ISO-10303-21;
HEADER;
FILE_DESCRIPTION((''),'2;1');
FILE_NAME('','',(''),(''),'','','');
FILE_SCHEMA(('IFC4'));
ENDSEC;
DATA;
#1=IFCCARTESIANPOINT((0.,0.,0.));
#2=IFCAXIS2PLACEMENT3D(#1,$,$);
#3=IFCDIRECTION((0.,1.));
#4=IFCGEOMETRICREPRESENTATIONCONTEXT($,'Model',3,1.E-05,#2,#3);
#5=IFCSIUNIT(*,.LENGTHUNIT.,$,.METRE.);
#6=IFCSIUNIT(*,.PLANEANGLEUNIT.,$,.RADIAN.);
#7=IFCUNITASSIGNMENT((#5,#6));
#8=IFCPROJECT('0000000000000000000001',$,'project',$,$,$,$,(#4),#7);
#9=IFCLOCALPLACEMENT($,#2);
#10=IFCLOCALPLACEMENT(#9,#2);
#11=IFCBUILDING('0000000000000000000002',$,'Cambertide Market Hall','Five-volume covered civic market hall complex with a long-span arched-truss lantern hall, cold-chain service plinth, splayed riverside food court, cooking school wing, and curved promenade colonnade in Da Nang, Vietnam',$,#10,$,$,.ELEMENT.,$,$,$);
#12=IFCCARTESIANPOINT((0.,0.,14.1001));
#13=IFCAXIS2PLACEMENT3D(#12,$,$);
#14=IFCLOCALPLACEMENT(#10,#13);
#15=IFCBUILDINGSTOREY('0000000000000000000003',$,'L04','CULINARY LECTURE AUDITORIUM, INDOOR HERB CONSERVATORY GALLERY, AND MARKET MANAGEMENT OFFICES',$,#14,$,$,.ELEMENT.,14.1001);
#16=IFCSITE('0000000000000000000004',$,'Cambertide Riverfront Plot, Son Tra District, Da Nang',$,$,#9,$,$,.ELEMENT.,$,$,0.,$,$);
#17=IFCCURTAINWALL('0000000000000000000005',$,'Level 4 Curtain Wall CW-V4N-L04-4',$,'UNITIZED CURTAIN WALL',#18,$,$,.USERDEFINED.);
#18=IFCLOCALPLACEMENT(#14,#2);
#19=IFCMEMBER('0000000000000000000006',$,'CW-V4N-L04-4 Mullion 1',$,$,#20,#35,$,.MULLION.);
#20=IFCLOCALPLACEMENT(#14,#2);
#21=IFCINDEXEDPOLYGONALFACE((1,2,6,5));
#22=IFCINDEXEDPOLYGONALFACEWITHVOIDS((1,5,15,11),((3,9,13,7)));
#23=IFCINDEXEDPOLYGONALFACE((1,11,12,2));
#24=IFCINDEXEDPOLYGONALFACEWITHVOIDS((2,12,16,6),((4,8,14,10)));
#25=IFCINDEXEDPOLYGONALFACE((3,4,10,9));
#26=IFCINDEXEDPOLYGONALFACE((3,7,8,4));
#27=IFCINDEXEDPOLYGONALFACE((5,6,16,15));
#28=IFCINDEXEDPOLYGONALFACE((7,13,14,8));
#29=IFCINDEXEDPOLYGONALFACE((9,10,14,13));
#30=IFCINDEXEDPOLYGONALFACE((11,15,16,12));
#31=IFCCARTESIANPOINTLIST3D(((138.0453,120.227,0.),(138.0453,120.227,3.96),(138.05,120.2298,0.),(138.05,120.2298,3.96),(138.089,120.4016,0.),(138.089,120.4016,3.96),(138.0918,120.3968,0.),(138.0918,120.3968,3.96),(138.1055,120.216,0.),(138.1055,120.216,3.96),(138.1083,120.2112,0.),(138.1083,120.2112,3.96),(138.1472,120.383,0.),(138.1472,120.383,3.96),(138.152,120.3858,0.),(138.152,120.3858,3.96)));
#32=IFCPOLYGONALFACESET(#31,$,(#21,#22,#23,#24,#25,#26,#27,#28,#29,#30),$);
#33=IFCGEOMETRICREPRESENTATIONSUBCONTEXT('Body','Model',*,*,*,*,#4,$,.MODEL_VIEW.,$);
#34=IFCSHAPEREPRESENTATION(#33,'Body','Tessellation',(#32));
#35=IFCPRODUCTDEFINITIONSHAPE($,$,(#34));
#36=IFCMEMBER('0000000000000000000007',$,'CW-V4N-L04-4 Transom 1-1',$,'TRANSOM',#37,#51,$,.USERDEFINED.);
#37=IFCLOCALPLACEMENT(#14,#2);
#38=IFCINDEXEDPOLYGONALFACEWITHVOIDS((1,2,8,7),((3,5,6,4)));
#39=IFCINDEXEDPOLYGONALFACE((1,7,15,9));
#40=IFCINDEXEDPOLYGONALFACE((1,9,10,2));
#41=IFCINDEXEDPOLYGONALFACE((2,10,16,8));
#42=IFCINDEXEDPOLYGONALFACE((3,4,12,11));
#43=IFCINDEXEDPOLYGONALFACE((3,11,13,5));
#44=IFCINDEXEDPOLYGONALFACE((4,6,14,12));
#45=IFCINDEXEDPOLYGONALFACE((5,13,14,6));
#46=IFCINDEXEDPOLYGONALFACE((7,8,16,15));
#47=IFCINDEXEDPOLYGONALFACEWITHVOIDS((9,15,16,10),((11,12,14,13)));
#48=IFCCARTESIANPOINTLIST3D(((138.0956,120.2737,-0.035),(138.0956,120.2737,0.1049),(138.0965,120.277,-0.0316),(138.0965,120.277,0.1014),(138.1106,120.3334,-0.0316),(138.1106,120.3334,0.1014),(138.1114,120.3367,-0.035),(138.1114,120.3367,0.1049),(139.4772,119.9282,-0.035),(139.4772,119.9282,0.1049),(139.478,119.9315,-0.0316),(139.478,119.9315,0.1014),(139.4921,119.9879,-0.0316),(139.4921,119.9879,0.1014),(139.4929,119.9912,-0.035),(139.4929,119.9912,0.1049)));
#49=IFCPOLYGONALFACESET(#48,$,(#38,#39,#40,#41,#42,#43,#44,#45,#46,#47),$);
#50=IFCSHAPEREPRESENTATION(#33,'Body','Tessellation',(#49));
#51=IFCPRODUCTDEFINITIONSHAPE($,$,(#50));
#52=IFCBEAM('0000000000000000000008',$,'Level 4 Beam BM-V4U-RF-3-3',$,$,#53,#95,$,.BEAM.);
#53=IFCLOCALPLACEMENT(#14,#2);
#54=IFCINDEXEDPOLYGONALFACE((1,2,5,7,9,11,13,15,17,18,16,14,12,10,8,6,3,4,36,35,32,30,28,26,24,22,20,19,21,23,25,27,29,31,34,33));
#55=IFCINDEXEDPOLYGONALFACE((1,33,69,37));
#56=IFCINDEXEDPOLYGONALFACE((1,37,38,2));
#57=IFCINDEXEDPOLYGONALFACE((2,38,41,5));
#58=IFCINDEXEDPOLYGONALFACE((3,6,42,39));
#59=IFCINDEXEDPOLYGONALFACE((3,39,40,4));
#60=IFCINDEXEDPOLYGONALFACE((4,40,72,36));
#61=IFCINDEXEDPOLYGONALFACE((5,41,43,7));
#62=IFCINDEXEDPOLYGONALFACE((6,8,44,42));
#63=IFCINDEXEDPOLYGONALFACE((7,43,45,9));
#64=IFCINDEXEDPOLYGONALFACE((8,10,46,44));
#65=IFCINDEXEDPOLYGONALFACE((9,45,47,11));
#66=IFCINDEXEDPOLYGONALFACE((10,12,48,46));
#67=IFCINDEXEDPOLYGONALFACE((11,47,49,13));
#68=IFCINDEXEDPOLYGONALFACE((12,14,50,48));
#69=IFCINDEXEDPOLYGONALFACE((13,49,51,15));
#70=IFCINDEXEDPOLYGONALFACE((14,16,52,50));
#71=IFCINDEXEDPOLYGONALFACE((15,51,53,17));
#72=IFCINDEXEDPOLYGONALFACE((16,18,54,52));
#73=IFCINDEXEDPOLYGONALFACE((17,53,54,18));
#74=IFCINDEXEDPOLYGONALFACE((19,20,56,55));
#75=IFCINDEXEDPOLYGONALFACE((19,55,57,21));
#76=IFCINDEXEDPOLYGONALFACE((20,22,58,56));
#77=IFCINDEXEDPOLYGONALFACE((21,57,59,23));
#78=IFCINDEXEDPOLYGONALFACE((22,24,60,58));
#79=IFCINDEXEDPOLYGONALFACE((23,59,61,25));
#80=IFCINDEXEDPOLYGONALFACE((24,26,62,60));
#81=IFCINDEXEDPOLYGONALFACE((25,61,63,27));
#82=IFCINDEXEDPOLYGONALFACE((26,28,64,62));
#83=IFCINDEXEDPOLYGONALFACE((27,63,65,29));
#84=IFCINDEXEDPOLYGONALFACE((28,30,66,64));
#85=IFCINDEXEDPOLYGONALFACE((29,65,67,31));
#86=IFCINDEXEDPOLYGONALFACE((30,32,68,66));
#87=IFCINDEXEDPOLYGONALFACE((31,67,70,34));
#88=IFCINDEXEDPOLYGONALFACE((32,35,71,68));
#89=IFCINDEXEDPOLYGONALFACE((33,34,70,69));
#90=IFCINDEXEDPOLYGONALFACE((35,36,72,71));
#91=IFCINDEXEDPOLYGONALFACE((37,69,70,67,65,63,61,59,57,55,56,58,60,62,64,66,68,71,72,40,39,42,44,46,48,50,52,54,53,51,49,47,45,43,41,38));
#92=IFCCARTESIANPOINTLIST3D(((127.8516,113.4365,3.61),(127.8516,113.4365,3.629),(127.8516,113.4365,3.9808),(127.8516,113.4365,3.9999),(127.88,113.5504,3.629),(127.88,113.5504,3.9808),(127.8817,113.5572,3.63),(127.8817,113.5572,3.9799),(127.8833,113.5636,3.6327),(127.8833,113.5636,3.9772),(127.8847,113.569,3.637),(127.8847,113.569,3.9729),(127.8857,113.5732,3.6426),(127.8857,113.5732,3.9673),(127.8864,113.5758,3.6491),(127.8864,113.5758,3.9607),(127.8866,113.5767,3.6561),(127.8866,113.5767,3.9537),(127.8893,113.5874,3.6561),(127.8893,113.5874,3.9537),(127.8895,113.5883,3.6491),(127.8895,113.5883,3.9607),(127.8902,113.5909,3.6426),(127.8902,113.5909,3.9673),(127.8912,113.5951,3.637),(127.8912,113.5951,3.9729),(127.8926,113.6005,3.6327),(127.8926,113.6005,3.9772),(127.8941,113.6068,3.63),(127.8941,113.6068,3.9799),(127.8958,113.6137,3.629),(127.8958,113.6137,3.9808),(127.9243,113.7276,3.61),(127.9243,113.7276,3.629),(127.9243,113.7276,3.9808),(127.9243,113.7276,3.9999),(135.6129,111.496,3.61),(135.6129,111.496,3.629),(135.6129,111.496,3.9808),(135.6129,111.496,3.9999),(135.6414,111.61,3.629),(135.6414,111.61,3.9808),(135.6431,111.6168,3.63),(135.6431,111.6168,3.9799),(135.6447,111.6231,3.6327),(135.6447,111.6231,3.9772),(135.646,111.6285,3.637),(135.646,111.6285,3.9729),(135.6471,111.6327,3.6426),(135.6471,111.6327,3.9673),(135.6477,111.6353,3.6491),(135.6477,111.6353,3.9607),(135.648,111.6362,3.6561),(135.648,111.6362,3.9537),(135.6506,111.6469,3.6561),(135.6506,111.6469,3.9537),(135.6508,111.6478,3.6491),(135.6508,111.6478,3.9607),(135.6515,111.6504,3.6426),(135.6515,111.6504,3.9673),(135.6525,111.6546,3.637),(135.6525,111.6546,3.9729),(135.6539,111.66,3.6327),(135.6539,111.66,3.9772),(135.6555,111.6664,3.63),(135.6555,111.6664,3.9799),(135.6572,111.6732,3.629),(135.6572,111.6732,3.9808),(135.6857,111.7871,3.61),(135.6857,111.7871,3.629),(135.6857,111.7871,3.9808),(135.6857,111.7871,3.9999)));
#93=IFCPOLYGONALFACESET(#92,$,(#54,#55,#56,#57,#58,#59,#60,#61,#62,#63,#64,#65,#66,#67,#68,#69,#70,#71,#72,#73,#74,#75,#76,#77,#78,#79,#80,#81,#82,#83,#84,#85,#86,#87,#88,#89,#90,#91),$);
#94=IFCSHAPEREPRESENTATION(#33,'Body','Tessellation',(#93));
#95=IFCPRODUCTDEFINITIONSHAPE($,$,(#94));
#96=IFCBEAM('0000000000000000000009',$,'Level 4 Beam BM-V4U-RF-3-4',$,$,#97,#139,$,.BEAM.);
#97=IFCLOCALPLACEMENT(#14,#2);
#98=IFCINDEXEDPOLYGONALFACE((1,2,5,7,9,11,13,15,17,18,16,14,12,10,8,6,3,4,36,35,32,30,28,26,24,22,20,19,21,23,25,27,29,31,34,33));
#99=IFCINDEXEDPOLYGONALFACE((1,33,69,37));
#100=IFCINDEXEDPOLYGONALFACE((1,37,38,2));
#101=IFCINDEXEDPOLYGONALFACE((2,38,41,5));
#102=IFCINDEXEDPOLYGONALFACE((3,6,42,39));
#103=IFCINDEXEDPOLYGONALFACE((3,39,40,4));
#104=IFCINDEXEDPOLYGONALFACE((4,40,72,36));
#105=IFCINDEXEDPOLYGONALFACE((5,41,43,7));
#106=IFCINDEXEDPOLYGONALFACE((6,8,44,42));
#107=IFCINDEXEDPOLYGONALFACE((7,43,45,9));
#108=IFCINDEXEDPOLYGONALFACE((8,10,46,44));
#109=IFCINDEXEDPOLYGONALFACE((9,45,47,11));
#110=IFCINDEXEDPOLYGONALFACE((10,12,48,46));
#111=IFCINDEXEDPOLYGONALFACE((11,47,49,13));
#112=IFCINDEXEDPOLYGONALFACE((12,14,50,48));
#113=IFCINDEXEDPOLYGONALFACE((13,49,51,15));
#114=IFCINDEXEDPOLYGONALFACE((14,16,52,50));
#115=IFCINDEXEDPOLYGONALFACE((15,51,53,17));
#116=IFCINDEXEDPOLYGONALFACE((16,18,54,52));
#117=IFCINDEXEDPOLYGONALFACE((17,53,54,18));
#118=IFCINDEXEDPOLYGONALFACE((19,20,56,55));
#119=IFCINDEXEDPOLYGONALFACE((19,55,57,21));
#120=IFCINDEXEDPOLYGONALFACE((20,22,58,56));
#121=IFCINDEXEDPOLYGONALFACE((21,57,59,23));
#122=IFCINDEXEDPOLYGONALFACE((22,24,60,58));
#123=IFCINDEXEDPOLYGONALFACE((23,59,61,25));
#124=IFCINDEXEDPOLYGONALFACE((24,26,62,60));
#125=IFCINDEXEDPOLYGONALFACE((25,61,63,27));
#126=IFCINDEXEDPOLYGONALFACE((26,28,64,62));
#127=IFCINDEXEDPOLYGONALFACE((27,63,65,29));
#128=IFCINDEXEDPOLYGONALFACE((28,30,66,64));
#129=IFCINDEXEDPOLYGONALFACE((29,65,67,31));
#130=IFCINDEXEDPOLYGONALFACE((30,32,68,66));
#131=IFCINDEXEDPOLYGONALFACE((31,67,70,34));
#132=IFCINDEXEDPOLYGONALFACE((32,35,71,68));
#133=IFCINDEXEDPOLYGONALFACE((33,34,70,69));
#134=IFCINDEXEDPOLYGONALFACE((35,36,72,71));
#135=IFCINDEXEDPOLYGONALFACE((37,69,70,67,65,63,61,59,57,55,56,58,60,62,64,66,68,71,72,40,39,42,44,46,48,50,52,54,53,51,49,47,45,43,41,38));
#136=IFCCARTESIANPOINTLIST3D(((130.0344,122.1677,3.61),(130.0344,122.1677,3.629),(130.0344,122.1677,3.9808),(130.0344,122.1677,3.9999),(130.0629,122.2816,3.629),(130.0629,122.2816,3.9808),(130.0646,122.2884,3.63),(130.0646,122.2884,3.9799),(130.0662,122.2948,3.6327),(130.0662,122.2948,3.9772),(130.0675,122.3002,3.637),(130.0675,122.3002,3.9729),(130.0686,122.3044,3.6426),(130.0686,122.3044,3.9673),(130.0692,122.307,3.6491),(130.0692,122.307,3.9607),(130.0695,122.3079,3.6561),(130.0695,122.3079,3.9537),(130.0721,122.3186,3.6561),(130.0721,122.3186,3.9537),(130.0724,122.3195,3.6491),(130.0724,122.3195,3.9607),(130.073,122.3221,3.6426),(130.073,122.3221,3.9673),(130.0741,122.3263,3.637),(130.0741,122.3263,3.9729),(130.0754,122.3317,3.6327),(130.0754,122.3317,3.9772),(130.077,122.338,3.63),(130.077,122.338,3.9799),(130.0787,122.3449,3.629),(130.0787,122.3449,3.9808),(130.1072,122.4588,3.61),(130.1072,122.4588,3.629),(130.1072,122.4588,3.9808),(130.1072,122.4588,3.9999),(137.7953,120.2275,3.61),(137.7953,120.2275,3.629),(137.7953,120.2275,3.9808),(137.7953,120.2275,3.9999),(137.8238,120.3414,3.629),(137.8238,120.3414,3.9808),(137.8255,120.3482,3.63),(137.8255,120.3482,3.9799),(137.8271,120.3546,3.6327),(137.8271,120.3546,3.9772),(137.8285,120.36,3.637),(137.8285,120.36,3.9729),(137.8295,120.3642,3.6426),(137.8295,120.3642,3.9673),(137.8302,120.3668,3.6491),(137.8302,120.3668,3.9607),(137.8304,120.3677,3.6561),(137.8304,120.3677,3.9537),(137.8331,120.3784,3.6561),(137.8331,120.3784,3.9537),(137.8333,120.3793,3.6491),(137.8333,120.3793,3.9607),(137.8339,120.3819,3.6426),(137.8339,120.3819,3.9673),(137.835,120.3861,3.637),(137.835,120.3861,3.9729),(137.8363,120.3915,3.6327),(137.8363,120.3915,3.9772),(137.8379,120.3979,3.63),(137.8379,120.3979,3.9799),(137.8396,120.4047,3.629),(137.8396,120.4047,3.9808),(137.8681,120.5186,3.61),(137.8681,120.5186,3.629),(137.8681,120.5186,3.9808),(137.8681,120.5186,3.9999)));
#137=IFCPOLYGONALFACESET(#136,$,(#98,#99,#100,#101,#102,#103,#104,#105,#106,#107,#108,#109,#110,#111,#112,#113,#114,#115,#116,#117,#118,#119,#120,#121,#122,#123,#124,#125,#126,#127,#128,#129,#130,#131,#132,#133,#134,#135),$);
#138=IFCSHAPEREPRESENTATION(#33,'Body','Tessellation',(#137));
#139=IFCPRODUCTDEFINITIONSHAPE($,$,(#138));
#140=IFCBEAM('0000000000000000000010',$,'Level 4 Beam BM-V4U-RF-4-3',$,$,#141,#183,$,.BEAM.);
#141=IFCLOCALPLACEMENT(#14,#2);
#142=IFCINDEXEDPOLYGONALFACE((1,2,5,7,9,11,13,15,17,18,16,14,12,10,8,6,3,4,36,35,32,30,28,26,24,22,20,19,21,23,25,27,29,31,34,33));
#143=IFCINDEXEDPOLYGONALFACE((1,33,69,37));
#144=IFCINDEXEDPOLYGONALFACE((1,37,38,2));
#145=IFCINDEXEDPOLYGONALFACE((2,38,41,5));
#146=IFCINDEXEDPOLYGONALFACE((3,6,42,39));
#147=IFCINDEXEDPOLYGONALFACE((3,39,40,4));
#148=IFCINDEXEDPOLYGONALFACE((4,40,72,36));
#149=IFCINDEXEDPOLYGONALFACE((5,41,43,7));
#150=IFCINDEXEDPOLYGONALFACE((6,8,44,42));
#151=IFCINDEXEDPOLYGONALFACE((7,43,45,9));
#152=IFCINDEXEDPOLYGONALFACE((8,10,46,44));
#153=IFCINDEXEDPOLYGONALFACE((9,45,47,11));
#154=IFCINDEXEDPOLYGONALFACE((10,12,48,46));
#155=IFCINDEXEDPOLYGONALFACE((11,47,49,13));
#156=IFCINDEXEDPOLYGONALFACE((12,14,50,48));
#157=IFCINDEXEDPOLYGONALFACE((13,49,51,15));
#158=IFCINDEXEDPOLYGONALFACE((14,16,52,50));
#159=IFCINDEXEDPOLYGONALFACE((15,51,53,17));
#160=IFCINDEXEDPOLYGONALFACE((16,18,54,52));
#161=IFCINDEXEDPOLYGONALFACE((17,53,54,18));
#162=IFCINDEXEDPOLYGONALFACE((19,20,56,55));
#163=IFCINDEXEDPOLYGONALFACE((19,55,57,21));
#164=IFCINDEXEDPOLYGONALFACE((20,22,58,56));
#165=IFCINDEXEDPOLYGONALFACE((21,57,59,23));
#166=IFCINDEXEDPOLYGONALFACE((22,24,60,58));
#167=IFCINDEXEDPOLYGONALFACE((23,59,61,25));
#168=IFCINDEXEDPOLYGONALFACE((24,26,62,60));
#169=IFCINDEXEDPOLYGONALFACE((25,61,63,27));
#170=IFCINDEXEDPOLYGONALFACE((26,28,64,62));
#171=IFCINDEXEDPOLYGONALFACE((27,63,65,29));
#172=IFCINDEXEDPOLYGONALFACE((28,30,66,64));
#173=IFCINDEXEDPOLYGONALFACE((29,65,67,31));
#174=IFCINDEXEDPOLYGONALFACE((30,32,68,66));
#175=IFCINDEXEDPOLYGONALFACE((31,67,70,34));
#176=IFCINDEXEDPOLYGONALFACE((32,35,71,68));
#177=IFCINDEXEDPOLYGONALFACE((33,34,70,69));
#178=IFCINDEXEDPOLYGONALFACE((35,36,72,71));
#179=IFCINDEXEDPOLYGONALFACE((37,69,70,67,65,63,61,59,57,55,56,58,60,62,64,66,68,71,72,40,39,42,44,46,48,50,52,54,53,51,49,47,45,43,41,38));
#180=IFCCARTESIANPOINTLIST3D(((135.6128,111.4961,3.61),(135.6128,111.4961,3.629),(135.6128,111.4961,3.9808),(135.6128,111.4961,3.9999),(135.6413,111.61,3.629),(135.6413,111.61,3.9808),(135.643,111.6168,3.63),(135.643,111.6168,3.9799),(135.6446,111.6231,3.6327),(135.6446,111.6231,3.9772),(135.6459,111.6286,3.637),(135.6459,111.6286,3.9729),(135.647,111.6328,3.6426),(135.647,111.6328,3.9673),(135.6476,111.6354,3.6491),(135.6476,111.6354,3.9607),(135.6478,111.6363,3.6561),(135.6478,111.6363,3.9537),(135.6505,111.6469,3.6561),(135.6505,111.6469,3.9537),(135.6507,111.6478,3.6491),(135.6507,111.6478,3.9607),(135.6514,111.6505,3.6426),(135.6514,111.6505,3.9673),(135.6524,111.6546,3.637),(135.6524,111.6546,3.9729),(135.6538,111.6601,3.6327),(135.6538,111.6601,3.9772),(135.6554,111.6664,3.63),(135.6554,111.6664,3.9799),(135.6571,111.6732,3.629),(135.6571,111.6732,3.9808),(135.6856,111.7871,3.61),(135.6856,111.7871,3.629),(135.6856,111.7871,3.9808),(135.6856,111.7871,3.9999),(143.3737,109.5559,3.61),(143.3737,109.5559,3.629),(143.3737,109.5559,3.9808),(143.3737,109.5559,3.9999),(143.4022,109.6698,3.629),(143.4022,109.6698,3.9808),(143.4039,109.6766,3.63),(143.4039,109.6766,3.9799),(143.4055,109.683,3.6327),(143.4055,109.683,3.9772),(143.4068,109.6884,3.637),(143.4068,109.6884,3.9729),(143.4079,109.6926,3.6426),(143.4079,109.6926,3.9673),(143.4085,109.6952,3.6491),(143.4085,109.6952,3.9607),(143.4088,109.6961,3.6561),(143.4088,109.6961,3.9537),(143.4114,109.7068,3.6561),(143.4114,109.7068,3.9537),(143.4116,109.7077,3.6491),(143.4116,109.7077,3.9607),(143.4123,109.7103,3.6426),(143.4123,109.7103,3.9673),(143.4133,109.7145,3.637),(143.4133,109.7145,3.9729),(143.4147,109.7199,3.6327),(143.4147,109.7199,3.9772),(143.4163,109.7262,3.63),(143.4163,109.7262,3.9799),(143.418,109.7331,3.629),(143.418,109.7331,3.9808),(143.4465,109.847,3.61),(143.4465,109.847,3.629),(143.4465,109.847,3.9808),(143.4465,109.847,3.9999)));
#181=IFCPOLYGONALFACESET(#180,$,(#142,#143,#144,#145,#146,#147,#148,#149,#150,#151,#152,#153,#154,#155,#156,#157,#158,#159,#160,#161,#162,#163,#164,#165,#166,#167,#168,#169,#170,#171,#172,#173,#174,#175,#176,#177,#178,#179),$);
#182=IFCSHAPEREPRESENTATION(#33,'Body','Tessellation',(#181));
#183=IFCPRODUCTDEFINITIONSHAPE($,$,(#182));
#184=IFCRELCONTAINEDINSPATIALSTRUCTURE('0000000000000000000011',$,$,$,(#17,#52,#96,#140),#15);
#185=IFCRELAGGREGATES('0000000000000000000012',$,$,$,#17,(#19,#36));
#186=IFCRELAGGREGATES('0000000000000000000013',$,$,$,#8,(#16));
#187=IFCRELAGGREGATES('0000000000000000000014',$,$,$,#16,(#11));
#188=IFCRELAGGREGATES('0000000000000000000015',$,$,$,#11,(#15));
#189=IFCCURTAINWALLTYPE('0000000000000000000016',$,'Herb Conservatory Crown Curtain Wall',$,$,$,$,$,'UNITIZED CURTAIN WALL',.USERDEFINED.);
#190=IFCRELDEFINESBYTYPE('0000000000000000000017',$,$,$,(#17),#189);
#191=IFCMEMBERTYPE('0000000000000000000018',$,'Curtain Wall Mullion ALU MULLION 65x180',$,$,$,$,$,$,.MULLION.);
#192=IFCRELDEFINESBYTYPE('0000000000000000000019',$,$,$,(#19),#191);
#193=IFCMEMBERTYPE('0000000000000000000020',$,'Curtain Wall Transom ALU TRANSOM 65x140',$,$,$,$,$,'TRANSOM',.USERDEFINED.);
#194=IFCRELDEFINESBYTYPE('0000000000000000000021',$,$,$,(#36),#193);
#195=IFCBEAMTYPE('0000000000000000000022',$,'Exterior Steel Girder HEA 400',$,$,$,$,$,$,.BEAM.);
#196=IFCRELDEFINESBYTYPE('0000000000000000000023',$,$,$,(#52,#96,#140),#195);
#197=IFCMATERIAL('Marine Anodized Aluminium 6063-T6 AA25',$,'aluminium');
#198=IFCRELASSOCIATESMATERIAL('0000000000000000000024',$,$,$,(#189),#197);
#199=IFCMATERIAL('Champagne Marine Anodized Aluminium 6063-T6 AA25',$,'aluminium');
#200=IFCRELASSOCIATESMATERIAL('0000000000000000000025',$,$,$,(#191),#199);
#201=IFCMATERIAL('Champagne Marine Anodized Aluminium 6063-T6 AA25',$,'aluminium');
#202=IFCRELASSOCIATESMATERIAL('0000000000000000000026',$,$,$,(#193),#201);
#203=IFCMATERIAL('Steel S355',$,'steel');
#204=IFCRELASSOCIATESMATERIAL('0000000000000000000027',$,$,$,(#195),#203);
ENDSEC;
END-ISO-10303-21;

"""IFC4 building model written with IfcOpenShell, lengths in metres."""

from ifc_helpers import new_model, si_unit, direction, frame, origin, origin_2d, place, context, subcontext, project, spatial, hollow_rectangle, i_section, extrude, material, material_profile, profile_set, type_object, element, aggregate, save


model = new_model("IFC4")

# Units and contexts
model_context = context("Model", 3, precision=1e-05, world=origin(), true_north=direction((0.0, 1.0)))
body_context = subcontext(model_context, "Body", "Model", "MODEL_VIEW")
ifc_project = project(units=[si_unit("LENGTHUNIT", "METRE"), si_unit("PLANEANGLEUNIT", "RADIAN")], contexts=[model_context])

# Site, building, storey
site_placement = place(None, origin())
site = spatial("IfcSite", under=ifc_project, at=site_placement, Name="Cambertide Riverfront Plot, Son Tra District, Da Nang", CompositionType="ELEMENT", RefElevation=0.0)
building_placement = place(site_placement, origin())
building = spatial("IfcBuilding", under=site, at=building_placement, Name="Cambertide Market Hall", Description="Five-volume covered civic market hall complex with a long-span arched-truss lantern hall, cold-chain service plinth, splayed riverside food court, cooking school wing, and curved promenade colonnade in Da Nang, Vietnam", CompositionType="ELEMENT")
storey_placement = place(building_placement, frame((0.0, 0.0, 14.1001)))
storey = spatial("IfcBuildingStorey", under=building, at=storey_placement, Name="L04", Description="CULINARY LECTURE AUDITORIUM, INDOOR HERB CONSERVATORY GALLERY, AND MARKET MANAGEMENT OFFICES", CompositionType="ELEMENT", Elevation=14.1001)

# Curtain wall, members
ifc_material_1 = material(Name="Marine Anodized Aluminium 6063-T6 AA25", Category="aluminium")
curtain_wall_type = type_object("IfcCurtainWallType", Name="Herb Conservatory Crown Curtain Wall", ElementType="UNITIZED CURTAIN WALL", PredefinedType="USERDEFINED", material=ifc_material_1)
curtain_wall_placement = place(storey_placement, origin())
curtain_wall = element("IfcCurtainWall", 1, at=curtain_wall_placement, inside=storey, type_object=curtain_wall_type, Name="Level 4 Curtain Wall CW-V4N-L04-4", ObjectType="UNITIZED CURTAIN WALL", PredefinedType="USERDEFINED")
ifc_material_2 = material(Name="Champagne Marine Anodized Aluminium 6063-T6 AA25", Category="aluminium")
ifc_material_profile_1 = material_profile(ifc_material_2, hollow_rectangle(XDim=0.0649, YDim=0.1799, WallThickness=0.0039, at=origin_2d()), Name="ALU MULLION 65x180")
ifc_profile_set_1 = profile_set([ifc_material_profile_1], Name="Champagne Marine Anodized Aluminium 6063-T6 AA25")
member_type_1 = type_object("IfcMemberType", Name="Curtain Wall Mullion ALU MULLION 65x180", PredefinedType="MULLION", material=ifc_profile_set_1)
member_1_placement = place(storey_placement, frame((138.0986, 120.3064, 0.0), z_axis=(0.0, 0.0, 1.0), x_axis=(0.970143, -0.242536, 0.0)))
member_1 = element("IfcMember", 2, at=member_1_placement, type_object=member_type_1, Name="CW-V4N-L04-4 Mullion 1", PredefinedType="MULLION", context=body_context, shape_type="SweptSolid", body=[
    extrude(hollow_rectangle(XDim=0.0649, YDim=0.1799, WallThickness=0.0039, at=origin_2d()), origin(), (0.0, 0.0, 1.0), 3.96),
])
ifc_material_3 = material(Name="Champagne Marine Anodized Aluminium 6063-T6 AA25", Category="aluminium")
ifc_material_profile_2 = material_profile(ifc_material_3, hollow_rectangle(XDim=0.0649, YDim=0.1399, WallThickness=0.0034, at=origin_2d()), Name="ALU TRANSOM 65x140")
ifc_profile_set_2 = profile_set([ifc_material_profile_2], Name="Champagne Marine Anodized Aluminium 6063-T6 AA25")
member_type_2 = type_object("IfcMemberType", Name="Curtain Wall Transom ALU TRANSOM 65x140", ElementType="TRANSOM", PredefinedType="USERDEFINED", material=ifc_profile_set_2)
member_2_placement = place(storey_placement, frame((138.1035, 120.3052, 0.0349), z_axis=(0.970132, -0.242576, 0.0), x_axis=(0.242576, 0.970132, 0.0)))
member_2 = element("IfcMember", 3, at=member_2_placement, type_object=member_type_2, Name="CW-V4N-L04-4 Transom 1-1", ObjectType="TRANSOM", PredefinedType="USERDEFINED", context=body_context, shape_type="SweptSolid", body=[
    extrude(hollow_rectangle(XDim=0.0649, YDim=0.1399, WallThickness=0.0034, at=origin_2d()), origin(), (0.0, 0.0, 1.0), 1.4241),
])
aggregate(curtain_wall, [member_1, member_2])

# Beams
ifc_material_4 = material(Name="Steel S355", Category="steel")
ifc_material_profile_3 = material_profile(ifc_material_4, i_section(OverallWidth=0.3, OverallDepth=0.3899, WebThickness=0.011, FlangeThickness=0.019, FilletRadius=0.0271, at=origin_2d()), Name="HEA 400")
ifc_profile_set_3 = profile_set([ifc_material_profile_3], Name="Steel S355")
beam_type_1 = type_object("IfcBeamType", Name="Exterior Steel Girder HEA 400", PredefinedType="BEAM", material=ifc_profile_set_3)
beam_1_placement = place(storey_placement, frame((127.8879, 113.582, 3.8049), z_axis=(0.970139, -0.24255, 0.0), x_axis=(0.24255, 0.970139, 0.0)))
element("IfcBeam", 4, at=beam_1_placement, inside=storey, type_object=beam_type_1, Name="Level 4 Beam BM-V4U-RF-3-3", PredefinedType="BEAM", context=body_context, shape_type="SweptSolid", body=[
    extrude(i_section(OverallWidth=0.3, OverallDepth=0.3899, WebThickness=0.011, FlangeThickness=0.019, FilletRadius=0.0271, at=origin_2d()), origin(), (0.0, 0.0, 1.0), 8.0002),
])
for number, where, z_axis, x_axis, name in (
    (5, (130.0708, 122.3132, 3.8049), (0.970144, -0.242528, 0.0), (0.242528, 0.970144, 0.0), "Level 4 Beam BM-V4U-RF-3-4"),
    (6, (135.6492, 111.6416, 3.8049), (0.970144, -0.242528, 0.0), (0.242528, 0.970144, 0.0), "Level 4 Beam BM-V4U-RF-4-3"),
):
    element("IfcBeam", number, at=place(storey_placement, frame(where, z_axis=z_axis, x_axis=x_axis)), inside=storey, type_object=beam_type_1, Name=name, PredefinedType="BEAM", context=body_context, shape_type="SweptSolid", body=[
        extrude(i_section(OverallWidth=0.3, OverallDepth=0.3899, WebThickness=0.011, FlangeThickness=0.019, FilletRadius=0.0271, at=origin_2d()), origin(), (0.0, 0.0, 1.0), 7.9998),
    ])

save(model, "model.ifc")
